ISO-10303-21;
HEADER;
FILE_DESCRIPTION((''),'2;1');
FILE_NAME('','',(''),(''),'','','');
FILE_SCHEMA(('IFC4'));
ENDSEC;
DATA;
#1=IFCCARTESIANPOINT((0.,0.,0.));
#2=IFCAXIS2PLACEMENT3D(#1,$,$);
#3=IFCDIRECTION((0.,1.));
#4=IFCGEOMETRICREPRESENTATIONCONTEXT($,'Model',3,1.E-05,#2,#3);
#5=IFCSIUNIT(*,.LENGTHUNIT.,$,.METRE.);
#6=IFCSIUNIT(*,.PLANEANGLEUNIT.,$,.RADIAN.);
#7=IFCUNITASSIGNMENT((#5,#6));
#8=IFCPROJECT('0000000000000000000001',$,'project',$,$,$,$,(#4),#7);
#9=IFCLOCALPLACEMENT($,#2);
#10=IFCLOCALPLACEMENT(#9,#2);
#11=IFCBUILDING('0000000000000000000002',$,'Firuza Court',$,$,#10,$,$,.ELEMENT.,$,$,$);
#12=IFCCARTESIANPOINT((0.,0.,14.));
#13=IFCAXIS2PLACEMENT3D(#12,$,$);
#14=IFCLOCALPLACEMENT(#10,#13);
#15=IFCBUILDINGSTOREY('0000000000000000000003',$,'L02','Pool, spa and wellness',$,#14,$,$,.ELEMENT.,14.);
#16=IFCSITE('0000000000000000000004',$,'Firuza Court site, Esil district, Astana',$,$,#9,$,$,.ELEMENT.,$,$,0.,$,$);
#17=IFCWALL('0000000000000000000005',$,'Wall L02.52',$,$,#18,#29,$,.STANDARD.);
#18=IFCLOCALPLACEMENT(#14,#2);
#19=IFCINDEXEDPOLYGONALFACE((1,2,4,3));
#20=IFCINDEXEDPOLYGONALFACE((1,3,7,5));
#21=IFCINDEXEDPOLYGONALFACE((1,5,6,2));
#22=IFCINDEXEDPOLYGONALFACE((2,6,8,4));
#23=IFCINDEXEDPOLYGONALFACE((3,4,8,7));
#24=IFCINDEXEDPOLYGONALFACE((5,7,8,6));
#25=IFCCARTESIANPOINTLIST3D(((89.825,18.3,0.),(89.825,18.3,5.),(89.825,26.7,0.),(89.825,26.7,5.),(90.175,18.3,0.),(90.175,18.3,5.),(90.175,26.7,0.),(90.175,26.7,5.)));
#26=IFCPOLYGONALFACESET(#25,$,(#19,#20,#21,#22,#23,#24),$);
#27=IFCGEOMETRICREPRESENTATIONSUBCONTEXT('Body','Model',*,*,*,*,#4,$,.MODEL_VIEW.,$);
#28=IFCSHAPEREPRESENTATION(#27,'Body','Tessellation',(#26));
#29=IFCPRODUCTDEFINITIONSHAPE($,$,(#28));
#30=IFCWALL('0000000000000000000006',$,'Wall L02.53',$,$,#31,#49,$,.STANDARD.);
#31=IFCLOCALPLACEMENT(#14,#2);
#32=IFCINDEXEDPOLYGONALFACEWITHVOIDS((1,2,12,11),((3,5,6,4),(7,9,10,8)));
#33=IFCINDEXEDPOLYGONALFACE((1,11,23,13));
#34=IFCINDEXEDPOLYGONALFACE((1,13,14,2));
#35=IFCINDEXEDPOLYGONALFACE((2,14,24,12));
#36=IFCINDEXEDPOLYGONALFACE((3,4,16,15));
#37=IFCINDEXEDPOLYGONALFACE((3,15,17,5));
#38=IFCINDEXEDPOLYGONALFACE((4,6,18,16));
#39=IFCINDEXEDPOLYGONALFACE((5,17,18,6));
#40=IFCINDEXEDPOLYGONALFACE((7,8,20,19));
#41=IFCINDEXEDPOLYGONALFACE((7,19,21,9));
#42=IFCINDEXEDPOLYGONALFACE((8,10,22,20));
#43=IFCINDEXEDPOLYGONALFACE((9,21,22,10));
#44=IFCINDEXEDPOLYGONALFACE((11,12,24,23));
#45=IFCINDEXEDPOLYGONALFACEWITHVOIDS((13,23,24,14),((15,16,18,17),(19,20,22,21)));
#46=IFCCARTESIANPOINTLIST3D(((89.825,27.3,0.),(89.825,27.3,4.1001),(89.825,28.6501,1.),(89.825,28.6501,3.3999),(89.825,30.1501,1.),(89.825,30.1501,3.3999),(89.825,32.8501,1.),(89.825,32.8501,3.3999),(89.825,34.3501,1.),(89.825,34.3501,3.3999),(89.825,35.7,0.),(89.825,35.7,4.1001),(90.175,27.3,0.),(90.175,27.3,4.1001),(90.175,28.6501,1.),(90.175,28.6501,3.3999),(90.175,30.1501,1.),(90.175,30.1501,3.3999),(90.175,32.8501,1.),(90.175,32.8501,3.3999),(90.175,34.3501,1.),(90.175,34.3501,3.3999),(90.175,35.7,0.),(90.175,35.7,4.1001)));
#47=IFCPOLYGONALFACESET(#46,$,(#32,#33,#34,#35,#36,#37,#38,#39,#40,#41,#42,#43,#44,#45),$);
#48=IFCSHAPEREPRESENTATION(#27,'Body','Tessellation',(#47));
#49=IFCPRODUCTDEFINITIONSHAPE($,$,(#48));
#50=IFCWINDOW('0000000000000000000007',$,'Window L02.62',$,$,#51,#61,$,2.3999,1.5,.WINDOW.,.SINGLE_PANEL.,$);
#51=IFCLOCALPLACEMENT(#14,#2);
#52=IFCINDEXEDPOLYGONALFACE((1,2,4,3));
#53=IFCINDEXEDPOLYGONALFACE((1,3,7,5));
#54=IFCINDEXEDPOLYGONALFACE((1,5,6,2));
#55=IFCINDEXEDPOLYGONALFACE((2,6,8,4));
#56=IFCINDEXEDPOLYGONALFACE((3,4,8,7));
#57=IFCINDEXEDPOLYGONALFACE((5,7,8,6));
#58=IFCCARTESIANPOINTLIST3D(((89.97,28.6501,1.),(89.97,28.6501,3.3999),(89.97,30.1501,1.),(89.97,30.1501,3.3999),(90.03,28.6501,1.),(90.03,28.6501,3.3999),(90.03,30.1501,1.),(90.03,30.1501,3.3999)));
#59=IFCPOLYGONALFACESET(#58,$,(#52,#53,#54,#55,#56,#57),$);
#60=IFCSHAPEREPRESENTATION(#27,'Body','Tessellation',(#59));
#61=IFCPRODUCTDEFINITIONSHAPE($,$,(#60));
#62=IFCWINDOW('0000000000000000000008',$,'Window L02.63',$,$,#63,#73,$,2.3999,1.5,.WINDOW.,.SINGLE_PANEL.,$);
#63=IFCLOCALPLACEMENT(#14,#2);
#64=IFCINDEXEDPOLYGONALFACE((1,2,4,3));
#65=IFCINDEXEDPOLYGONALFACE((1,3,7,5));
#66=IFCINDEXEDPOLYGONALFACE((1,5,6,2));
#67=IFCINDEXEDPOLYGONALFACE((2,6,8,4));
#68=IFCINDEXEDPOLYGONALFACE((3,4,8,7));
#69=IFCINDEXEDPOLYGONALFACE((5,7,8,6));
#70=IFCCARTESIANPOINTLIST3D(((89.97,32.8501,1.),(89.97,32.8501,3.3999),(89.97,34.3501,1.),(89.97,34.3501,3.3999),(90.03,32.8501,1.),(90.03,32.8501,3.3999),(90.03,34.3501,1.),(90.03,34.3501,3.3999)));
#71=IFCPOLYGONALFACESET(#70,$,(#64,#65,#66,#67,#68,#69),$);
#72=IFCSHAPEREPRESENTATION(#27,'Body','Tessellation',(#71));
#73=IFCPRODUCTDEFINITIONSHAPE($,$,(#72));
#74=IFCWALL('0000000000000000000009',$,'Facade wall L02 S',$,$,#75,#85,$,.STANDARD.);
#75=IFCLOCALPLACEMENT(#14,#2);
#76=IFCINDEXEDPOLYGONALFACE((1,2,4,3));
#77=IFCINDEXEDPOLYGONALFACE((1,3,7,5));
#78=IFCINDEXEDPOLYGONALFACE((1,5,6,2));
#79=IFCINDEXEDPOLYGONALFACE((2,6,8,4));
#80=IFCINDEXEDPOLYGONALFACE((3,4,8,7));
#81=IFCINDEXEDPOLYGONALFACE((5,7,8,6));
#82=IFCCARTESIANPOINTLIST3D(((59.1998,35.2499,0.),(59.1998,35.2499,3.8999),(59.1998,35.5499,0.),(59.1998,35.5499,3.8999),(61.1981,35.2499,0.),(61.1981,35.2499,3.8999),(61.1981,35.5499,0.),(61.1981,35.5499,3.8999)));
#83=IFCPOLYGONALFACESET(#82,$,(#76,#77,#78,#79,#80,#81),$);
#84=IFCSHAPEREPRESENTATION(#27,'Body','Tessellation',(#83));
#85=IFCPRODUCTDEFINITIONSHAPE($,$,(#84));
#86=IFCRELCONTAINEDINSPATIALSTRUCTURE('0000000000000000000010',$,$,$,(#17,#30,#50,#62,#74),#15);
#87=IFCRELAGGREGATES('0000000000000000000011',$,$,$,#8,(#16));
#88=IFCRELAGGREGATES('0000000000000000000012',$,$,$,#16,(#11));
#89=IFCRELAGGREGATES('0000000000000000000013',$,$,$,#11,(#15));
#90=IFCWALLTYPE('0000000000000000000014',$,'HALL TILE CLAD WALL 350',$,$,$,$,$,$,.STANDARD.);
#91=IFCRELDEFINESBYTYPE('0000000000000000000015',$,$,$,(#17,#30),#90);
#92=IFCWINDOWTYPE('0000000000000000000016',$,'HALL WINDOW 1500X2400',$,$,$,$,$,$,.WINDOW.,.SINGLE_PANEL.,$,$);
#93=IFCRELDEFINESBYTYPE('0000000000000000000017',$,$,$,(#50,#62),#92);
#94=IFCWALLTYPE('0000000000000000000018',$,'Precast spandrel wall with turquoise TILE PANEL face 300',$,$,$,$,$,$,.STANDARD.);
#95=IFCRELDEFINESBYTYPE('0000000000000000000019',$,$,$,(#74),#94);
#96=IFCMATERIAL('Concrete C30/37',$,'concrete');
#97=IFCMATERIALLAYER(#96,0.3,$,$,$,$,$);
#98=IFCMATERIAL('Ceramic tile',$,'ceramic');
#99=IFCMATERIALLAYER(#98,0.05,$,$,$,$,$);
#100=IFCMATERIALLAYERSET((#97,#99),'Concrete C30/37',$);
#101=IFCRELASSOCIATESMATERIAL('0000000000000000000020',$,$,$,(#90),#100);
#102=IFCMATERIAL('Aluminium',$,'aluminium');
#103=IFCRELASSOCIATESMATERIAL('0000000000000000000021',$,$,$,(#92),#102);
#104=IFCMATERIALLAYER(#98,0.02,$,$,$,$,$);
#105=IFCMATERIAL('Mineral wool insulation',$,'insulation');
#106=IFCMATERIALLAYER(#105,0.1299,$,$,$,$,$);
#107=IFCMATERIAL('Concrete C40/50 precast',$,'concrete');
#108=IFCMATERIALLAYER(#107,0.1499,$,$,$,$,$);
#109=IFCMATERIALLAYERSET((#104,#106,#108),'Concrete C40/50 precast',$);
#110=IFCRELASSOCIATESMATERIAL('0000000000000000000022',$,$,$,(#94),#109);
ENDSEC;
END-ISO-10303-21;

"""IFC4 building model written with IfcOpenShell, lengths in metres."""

from ifc_helpers import new_model, si_unit, direction, frame, frame_2d, origin, place, context, subcontext, project, spatial, rectangle, extrude, material, layer, layer_set, type_object, element, fill, save


model = new_model("IFC4")

# Units and contexts
model_context = context("Model", 3, precision=1e-05, world=origin(), true_north=direction((0.0, 1.0)))
body_context = subcontext(model_context, "Body", "Model", "MODEL_VIEW")
ifc_project = project(units=[si_unit("LENGTHUNIT", "METRE"), si_unit("PLANEANGLEUNIT", "RADIAN")], contexts=[model_context])

# Site, building, storey
site_placement = place(None, origin())
site = spatial("IfcSite", under=ifc_project, at=site_placement, Name="Firuza Court site, Esil district, Astana", CompositionType="ELEMENT", RefElevation=0.0)
building_placement = place(site_placement, origin())
building = spatial("IfcBuilding", under=site, at=building_placement, Name="Firuza Court", CompositionType="ELEMENT")
storey_placement = place(building_placement, frame((0.0, 0.0, 14.0)))
storey = spatial("IfcBuildingStorey", under=building, at=storey_placement, Name="L02", Description="Pool, spa and wellness", CompositionType="ELEMENT", Elevation=14.0)

# Shared definitions
ifc_material_1 = material(Name="Concrete C30/37", Category="concrete")
ifc_layer_1 = layer(ifc_material_1, 0.3)
ifc_material_2 = material(Name="Ceramic tile", Category="ceramic")
ifc_layer_2 = layer(ifc_material_2, 0.05)
ifc_layer_set_1 = layer_set([ifc_layer_1, ifc_layer_2], Name="Concrete C30/37")
wall_type_1 = type_object("IfcWallType", Name="HALL TILE CLAD WALL 350", PredefinedType="STANDARD", material=ifc_layer_set_1)

# Shared definitions
ifc_material_3 = material(Name="Aluminium", Category="aluminium")
window_type = type_object("IfcWindowType", Name="HALL WINDOW 1500X2400", PartitioningType="SINGLE_PANEL", PredefinedType="WINDOW", material=ifc_material_3)

# Wall
wall_1_placement = place(storey_placement, frame((90.0, 18.3, 0.0), z_axis=(0.0, 0.0, 1.0), x_axis=(0.0, 1.0, 0.0)))
element("IfcWall", 1, at=wall_1_placement, inside=storey, type_object=wall_type_1, Name="Wall L02.52", PredefinedType="STANDARD", context=body_context, shape_type="SweptSolid", body=[
    extrude(rectangle(XDim=8.3999, YDim=0.3501, at=frame_2d((4.2, 0.0))), origin(), (0.0, 0.0, 1.0), 5.0),
])

# Wall, openings, windows
wall_2_placement = place(storey_placement, frame((90.0, 27.3, 0.0), z_axis=(0.0, 0.0, 1.0), x_axis=(0.0, 1.0, 0.0)))
wall_2 = element("IfcWall", 2, at=wall_2_placement, inside=storey, type_object=wall_type_1, Name="Wall L02.53", PredefinedType="STANDARD", context=body_context, shape_type="SweptSolid", body=[
    extrude(rectangle(XDim=8.3999, YDim=0.3501, at=frame_2d((4.2, 0.0))), origin(), (0.0, 0.0, 1.0), 4.1001),
])
opening_1_placement = place(wall_2_placement, frame((1.3501, 0.0, 1.0)))
opening_1 = element("IfcOpeningElement", 3, at=opening_1_placement, cuts=wall_2, PredefinedType="OPENING", context=body_context, shape_type="SweptSolid", body=[
    extrude(rectangle(XDim=1.5, YDim=2.3999, at=frame_2d((0.75, 1.2))), frame((0.0, 0.187, 0.0), z_axis=(0.0, -1.0, 0.0), x_axis=(1.0, 0.0, 0.0)), (0.0, 0.0, 1.0), 0.374),
])
opening_2_placement = place(wall_2_placement, frame((5.55, 0.0, 1.0)))
opening_2 = element("IfcOpeningElement", 4, at=opening_2_placement, cuts=wall_2, PredefinedType="OPENING", context=body_context, shape_type="SweptSolid", body=[
    extrude(rectangle(XDim=1.5, YDim=2.3999, at=frame_2d((0.75, 1.2))), frame((0.0, 0.187, 0.0), z_axis=(0.0, -1.0, 0.0), x_axis=(1.0, 0.0, 0.0)), (0.0, 0.0, 1.0), 0.374),
])
window_1_placement = place(opening_1_placement, origin())
window_1 = element("IfcWindow", 5, at=window_1_placement, inside=storey, type_object=window_type, Name="Window L02.62", OverallHeight=2.3999, OverallWidth=1.5, PartitioningType="SINGLE_PANEL", PredefinedType="WINDOW", context=body_context, shape_type="SweptSolid", body=[
    extrude(rectangle(XDim=1.5, YDim=2.3999, at=frame_2d((0.75, 1.2))), frame((0.0, 0.03, 0.0), z_axis=(0.0, -1.0, 0.0), x_axis=(1.0, 0.0, 0.0)), (0.0, 0.0, 1.0), 0.0601),
])
fill(opening_1, window_1)
window_2_placement = place(opening_2_placement, origin())
window_2 = element("IfcWindow", 6, at=window_2_placement, inside=storey, type_object=window_type, Name="Window L02.63", OverallHeight=2.3999, OverallWidth=1.5, PartitioningType="SINGLE_PANEL", PredefinedType="WINDOW", context=body_context, shape_type="SweptSolid", body=[
    extrude(rectangle(XDim=1.5, YDim=2.3999, at=frame_2d((0.75, 1.2))), frame((0.0, 0.03, 0.0), z_axis=(0.0, -1.0, 0.0), x_axis=(1.0, 0.0, 0.0)), (0.0, 0.0, 1.0), 0.0601),
])
fill(opening_2, window_2)

# Wall
ifc_layer_3 = layer(ifc_material_2, 0.02)
ifc_material_4 = material(Name="Mineral wool insulation", Category="insulation")
ifc_layer_4 = layer(ifc_material_4, 0.1299)
ifc_material_5 = material(Name="Concrete C40/50 precast", Category="concrete")
ifc_layer_5 = layer(ifc_material_5, 0.1499)
ifc_layer_set_2 = layer_set([ifc_layer_3, ifc_layer_4, ifc_layer_5], Name="Concrete C40/50 precast")
wall_type_2 = type_object("IfcWallType", Name="Precast spandrel wall with turquoise TILE PANEL face 300", PredefinedType="STANDARD", material=ifc_layer_set_2)
wall_3_placement = place(storey_placement, frame((59.2, 35.3999, 0.0), z_axis=(0.0, 0.0, 1.0), x_axis=(1.0, 0.0, 0.0)))
element("IfcWall", 7, at=wall_3_placement, inside=storey, type_object=wall_type_2, Name="Facade wall L02 S", PredefinedType="STANDARD", context=body_context, shape_type="SweptSolid", body=[
    extrude(rectangle(XDim=1.9983, YDim=0.3, at=frame_2d((0.999, 0.0))), origin(), (0.0, 0.0, 1.0), 3.8999),
])

save(model, "model.ifc")
